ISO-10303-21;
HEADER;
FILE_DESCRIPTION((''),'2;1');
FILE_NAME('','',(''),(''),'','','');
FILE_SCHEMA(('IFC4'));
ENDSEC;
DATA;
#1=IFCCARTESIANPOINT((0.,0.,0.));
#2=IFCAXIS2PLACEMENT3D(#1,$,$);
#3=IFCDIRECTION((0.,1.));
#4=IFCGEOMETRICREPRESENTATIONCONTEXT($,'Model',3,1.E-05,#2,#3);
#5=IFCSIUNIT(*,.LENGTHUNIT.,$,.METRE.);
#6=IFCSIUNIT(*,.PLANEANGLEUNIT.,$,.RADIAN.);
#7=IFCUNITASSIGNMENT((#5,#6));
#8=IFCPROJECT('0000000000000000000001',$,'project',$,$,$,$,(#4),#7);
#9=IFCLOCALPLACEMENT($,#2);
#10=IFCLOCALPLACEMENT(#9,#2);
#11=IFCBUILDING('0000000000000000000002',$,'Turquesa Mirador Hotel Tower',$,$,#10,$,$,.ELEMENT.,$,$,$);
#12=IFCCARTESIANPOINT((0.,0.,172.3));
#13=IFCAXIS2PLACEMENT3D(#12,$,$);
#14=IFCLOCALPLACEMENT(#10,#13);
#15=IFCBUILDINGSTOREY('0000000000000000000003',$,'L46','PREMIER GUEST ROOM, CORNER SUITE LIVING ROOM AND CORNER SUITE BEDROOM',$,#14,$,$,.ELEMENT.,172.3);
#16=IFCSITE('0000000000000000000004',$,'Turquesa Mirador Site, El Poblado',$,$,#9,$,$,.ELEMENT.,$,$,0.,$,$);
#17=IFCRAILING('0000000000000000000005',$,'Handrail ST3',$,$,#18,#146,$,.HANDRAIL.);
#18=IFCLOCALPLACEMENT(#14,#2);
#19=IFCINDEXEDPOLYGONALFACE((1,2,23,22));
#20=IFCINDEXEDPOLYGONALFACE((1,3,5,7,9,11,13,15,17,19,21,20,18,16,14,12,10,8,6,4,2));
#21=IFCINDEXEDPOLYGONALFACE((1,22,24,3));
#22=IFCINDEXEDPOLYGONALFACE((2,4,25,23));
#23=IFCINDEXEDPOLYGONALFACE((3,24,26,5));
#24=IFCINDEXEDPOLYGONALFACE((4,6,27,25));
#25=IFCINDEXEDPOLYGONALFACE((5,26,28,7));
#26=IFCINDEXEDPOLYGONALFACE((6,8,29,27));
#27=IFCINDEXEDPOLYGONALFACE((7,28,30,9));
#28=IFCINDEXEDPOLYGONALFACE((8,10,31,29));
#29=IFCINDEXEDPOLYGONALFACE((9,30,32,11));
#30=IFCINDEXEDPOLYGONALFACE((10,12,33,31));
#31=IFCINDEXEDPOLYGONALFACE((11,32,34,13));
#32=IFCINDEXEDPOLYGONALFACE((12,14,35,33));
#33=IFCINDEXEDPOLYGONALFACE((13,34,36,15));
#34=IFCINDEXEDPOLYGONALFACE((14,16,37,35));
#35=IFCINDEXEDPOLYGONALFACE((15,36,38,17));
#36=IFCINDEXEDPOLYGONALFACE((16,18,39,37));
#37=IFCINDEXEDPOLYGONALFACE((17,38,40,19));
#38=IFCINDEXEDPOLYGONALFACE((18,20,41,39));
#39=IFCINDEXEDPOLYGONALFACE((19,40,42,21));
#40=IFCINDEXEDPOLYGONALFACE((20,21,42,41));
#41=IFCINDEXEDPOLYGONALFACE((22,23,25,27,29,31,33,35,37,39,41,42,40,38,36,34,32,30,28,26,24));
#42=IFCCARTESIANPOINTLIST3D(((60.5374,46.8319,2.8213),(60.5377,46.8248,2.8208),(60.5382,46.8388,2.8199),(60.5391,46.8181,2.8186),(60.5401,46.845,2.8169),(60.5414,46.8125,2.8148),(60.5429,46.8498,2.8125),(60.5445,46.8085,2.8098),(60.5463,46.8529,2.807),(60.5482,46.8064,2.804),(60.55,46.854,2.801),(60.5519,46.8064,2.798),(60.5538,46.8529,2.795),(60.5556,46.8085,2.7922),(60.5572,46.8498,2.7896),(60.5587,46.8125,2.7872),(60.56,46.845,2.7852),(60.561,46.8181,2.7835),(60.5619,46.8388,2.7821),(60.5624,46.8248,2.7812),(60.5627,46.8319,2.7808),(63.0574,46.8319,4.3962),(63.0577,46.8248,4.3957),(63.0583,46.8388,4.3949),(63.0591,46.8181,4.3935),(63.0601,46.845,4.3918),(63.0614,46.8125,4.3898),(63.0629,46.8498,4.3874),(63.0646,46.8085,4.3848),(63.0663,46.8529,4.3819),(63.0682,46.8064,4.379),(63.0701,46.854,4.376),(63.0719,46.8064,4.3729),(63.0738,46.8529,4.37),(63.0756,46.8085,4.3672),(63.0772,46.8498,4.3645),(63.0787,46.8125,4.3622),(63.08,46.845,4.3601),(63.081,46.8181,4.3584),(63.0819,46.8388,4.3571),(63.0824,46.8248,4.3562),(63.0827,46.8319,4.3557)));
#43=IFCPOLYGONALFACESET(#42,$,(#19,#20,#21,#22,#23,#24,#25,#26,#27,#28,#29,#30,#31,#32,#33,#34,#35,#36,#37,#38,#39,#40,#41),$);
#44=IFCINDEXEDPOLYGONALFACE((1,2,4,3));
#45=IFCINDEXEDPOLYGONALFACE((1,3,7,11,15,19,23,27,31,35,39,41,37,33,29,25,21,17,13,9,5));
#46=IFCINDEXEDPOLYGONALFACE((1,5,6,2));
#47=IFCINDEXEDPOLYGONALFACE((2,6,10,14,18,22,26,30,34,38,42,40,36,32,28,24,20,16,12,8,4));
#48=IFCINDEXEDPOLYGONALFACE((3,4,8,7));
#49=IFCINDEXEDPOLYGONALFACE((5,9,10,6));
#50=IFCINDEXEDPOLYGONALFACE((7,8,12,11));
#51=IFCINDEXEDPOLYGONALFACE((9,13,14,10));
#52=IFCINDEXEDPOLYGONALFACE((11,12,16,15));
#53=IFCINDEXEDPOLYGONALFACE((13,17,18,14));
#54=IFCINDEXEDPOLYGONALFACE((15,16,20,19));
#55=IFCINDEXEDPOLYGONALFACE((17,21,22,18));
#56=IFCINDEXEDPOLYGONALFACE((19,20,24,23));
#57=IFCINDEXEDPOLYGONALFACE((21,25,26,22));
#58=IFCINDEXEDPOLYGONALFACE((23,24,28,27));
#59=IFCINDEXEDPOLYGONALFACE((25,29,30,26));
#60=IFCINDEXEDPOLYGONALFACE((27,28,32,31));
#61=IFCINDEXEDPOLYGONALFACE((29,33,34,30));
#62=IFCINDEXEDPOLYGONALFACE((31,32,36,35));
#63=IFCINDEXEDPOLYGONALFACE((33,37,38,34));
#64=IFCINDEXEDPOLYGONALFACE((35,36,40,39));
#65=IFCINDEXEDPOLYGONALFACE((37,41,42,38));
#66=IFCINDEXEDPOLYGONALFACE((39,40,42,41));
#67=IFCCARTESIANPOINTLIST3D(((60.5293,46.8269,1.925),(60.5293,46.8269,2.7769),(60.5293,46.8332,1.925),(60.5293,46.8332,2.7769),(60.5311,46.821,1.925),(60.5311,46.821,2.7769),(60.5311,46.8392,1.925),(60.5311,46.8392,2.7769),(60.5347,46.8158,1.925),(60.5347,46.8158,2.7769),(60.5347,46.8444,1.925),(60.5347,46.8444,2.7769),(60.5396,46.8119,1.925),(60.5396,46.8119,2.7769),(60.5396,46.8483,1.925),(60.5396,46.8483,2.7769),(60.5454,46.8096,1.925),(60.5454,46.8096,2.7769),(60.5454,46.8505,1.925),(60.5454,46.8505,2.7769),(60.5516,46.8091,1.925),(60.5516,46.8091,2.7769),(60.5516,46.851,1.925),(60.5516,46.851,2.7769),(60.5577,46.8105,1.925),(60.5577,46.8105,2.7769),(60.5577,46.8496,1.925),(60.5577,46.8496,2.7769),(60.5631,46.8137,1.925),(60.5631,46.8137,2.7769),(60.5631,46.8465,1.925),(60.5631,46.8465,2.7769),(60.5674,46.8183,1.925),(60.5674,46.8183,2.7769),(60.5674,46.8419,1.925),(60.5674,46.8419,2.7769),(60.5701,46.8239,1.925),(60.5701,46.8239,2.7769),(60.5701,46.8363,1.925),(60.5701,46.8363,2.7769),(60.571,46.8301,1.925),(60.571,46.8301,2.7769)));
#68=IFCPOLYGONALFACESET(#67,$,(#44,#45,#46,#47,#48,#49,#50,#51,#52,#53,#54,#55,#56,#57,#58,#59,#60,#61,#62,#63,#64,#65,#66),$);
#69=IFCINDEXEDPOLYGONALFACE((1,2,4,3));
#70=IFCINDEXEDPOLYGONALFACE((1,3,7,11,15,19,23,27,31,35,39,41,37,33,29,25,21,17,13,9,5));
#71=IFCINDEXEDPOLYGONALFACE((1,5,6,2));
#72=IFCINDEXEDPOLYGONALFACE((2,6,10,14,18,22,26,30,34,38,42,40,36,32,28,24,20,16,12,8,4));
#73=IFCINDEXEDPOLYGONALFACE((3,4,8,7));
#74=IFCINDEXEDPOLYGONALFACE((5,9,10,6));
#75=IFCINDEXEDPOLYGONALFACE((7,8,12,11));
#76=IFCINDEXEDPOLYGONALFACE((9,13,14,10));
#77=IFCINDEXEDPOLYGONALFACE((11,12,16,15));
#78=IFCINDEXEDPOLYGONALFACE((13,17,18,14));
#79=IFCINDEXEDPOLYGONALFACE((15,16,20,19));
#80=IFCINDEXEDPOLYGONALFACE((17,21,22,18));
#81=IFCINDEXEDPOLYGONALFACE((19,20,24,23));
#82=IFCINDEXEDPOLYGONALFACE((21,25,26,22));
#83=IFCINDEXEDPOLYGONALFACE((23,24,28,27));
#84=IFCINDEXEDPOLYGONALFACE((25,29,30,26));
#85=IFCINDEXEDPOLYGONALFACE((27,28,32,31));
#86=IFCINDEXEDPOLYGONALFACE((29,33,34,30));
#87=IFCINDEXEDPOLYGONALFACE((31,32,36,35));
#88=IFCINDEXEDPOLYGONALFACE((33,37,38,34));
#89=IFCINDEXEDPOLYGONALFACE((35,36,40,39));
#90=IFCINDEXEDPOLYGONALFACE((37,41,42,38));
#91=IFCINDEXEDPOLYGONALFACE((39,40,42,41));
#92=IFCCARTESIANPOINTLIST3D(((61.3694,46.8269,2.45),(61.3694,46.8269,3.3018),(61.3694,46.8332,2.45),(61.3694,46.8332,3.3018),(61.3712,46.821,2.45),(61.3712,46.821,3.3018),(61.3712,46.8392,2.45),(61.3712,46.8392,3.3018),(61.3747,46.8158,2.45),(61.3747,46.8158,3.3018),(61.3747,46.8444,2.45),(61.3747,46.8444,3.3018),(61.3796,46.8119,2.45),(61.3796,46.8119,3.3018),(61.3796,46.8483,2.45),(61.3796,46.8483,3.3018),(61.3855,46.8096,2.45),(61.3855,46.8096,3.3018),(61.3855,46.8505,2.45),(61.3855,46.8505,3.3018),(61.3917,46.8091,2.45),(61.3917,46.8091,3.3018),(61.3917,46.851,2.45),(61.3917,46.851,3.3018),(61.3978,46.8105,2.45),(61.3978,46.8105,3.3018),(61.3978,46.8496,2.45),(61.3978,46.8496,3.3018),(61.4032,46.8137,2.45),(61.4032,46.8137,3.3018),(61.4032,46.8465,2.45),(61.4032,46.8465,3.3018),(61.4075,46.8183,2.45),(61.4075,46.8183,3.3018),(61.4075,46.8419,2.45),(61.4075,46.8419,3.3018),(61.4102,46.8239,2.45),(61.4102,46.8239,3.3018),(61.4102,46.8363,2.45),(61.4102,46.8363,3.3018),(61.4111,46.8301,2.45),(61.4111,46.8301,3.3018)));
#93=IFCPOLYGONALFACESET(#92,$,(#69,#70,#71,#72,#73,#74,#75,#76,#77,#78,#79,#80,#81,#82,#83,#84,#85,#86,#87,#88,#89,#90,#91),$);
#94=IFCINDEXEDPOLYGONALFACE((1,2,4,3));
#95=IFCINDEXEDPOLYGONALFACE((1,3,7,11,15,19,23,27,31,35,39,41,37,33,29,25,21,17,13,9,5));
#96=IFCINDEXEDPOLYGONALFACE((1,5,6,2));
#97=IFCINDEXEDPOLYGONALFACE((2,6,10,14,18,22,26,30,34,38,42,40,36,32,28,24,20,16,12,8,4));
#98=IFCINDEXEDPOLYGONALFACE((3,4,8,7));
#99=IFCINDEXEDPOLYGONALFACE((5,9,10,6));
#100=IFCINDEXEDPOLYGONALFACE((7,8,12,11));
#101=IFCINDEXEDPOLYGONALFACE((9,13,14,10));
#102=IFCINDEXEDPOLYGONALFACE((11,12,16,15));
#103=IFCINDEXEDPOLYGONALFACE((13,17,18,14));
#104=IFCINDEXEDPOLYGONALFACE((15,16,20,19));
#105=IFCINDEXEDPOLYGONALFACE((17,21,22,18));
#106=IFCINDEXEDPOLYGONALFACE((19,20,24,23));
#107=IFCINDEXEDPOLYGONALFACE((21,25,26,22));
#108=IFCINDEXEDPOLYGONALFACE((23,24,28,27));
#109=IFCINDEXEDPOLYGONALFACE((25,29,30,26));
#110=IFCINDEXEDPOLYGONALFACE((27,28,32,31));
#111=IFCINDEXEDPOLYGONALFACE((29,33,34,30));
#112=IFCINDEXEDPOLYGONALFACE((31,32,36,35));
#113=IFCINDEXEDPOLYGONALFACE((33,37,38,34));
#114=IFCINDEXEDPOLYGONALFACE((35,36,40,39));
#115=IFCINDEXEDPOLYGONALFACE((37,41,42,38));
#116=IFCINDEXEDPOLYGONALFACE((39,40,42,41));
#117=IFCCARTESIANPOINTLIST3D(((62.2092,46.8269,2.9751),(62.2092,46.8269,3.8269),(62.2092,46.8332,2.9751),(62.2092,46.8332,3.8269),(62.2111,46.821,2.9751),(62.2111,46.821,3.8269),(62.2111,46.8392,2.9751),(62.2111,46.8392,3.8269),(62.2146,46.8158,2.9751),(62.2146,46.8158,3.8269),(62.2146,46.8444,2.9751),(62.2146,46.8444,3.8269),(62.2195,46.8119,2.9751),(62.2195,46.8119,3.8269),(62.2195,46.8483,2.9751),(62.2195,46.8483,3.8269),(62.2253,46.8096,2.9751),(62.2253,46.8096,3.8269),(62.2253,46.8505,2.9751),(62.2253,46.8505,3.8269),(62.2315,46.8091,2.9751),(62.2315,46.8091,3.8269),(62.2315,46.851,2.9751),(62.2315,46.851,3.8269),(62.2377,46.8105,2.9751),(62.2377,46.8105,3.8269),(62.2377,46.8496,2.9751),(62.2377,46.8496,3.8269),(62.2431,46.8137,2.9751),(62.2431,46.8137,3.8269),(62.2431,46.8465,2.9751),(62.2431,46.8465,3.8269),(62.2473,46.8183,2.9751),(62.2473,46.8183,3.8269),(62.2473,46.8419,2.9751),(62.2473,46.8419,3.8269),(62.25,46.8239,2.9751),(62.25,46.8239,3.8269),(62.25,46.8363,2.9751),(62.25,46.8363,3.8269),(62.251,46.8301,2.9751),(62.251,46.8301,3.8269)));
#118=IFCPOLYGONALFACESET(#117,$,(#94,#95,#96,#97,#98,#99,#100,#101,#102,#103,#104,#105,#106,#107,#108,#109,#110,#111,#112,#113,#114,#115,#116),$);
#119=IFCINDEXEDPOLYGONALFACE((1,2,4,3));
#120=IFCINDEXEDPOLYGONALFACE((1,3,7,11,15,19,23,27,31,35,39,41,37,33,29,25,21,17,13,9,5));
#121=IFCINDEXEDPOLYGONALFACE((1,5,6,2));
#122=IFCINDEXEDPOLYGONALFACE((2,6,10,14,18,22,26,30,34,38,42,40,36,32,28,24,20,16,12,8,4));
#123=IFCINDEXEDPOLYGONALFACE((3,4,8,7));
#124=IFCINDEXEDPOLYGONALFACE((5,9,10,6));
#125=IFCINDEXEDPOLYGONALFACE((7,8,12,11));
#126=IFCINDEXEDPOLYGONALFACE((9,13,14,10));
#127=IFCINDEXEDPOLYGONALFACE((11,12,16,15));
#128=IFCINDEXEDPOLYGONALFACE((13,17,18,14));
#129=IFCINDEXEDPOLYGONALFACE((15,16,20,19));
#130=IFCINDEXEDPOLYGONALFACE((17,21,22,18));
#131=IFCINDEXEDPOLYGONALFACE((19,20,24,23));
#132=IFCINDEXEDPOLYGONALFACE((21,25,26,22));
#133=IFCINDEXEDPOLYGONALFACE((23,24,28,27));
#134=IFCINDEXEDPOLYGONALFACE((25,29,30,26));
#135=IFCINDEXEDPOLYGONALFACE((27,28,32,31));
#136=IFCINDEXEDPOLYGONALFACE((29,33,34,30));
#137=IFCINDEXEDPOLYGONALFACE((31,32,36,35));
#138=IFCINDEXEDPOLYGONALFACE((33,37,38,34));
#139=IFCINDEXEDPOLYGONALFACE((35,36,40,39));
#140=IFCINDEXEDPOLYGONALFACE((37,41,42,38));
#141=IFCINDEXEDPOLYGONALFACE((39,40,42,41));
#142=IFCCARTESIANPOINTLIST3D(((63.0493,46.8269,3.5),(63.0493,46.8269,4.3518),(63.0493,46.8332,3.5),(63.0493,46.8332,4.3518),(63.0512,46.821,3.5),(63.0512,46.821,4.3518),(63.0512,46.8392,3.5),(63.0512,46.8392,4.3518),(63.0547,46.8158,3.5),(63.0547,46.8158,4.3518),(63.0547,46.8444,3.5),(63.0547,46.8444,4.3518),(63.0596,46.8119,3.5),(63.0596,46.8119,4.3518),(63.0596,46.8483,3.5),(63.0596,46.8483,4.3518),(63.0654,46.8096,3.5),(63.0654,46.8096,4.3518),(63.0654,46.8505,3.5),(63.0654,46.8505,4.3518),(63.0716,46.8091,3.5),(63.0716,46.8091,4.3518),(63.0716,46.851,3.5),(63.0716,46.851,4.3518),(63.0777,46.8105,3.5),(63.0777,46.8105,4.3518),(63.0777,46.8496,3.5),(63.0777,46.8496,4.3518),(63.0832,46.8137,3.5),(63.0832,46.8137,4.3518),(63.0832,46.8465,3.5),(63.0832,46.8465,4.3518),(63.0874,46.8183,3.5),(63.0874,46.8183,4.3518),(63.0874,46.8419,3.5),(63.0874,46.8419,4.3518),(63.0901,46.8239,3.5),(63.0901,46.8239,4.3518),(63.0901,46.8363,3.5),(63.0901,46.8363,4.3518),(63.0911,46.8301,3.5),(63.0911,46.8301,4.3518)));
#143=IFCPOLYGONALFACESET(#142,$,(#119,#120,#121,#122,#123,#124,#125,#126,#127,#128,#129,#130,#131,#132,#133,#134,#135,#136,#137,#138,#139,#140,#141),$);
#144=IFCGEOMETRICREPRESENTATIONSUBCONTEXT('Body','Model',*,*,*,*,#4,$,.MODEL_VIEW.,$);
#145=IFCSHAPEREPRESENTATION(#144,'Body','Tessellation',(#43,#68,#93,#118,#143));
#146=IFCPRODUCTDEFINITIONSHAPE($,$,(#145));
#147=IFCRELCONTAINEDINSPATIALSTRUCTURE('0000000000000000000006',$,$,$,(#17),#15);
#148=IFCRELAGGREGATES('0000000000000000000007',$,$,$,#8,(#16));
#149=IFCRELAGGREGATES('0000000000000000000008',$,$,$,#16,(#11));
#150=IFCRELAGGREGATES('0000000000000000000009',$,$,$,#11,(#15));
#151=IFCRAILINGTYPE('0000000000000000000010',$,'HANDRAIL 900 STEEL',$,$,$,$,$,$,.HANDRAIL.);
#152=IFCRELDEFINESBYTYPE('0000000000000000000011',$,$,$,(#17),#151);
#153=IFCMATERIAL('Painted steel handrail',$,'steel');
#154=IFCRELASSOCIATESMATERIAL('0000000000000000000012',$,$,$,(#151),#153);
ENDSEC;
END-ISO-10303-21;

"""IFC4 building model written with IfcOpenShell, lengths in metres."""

from ifc_helpers import new_model, si_unit, direction, frame, origin, origin_2d, place, context, subcontext, project, spatial, circle, extrude, material, type_object, element, save


model = new_model("IFC4")

# Units and contexts
model_context = context("Model", 3, precision=1e-05, world=origin(), true_north=direction((0.0, 1.0)))
body_context = subcontext(model_context, "Body", "Model", "MODEL_VIEW")
ifc_project = project(units=[si_unit("LENGTHUNIT", "METRE"), si_unit("PLANEANGLEUNIT", "RADIAN")], contexts=[model_context])

# Site, building, storey
site_placement = place(None, origin())
site = spatial("IfcSite", under=ifc_project, at=site_placement, Name="Turquesa Mirador Site, El Poblado", CompositionType="ELEMENT", RefElevation=0.0)
building_placement = place(site_placement, origin())
building = spatial("IfcBuilding", under=site, at=building_placement, Name="Turquesa Mirador Hotel Tower", CompositionType="ELEMENT")
storey_placement = place(building_placement, frame((0.0, 0.0, 172.3)))
storey = spatial("IfcBuildingStorey", under=building, at=storey_placement, Name="L46", Description="PREMIER GUEST ROOM, CORNER SUITE LIVING ROOM AND CORNER SUITE BEDROOM", CompositionType="ELEMENT", Elevation=172.3)

# Railing
ifc_material_1 = material(Name="Painted steel handrail", Category="steel")
railing_type = type_object("IfcRailingType", Name="HANDRAIL 900 STEEL", PredefinedType="HANDRAIL", material=ifc_material_1)
railing_placement = place(storey_placement, frame((60.55, 46.8301, 1.925)))
element("IfcRailing", 1, at=railing_placement, inside=storey, type_object=railing_type, Name="Handrail ST3", PredefinedType="HANDRAIL", context=body_context, shape_type="SweptSolid", body=[
    extrude(circle(Radius=0.0239, at=origin_2d()), frame((0.0, 0.0, 0.876), z_axis=(0.848008, 0.0, 0.529984), x_axis=(0.0, 1.0, 0.0)), (0.0, 0.0, 1.0), 2.9717),
    extrude(circle(Radius=0.021, at=origin_2d()), origin(), (0.0, 0.0, 1.0), 0.8518),
    extrude(circle(Radius=0.021, at=origin_2d()), frame((0.8401, 0.0, 0.5249)), (0.0, 0.0, 1.0), 0.8518),
    extrude(circle(Radius=0.021, at=origin_2d()), frame((1.6799, 0.0, 1.05)), (0.0, 0.0, 1.0), 0.8518),
    extrude(circle(Radius=0.021, at=origin_2d()), frame((2.52, 0.0, 1.575)), (0.0, 0.0, 1.0), 0.8518),
])

save(model, "model.ifc")
